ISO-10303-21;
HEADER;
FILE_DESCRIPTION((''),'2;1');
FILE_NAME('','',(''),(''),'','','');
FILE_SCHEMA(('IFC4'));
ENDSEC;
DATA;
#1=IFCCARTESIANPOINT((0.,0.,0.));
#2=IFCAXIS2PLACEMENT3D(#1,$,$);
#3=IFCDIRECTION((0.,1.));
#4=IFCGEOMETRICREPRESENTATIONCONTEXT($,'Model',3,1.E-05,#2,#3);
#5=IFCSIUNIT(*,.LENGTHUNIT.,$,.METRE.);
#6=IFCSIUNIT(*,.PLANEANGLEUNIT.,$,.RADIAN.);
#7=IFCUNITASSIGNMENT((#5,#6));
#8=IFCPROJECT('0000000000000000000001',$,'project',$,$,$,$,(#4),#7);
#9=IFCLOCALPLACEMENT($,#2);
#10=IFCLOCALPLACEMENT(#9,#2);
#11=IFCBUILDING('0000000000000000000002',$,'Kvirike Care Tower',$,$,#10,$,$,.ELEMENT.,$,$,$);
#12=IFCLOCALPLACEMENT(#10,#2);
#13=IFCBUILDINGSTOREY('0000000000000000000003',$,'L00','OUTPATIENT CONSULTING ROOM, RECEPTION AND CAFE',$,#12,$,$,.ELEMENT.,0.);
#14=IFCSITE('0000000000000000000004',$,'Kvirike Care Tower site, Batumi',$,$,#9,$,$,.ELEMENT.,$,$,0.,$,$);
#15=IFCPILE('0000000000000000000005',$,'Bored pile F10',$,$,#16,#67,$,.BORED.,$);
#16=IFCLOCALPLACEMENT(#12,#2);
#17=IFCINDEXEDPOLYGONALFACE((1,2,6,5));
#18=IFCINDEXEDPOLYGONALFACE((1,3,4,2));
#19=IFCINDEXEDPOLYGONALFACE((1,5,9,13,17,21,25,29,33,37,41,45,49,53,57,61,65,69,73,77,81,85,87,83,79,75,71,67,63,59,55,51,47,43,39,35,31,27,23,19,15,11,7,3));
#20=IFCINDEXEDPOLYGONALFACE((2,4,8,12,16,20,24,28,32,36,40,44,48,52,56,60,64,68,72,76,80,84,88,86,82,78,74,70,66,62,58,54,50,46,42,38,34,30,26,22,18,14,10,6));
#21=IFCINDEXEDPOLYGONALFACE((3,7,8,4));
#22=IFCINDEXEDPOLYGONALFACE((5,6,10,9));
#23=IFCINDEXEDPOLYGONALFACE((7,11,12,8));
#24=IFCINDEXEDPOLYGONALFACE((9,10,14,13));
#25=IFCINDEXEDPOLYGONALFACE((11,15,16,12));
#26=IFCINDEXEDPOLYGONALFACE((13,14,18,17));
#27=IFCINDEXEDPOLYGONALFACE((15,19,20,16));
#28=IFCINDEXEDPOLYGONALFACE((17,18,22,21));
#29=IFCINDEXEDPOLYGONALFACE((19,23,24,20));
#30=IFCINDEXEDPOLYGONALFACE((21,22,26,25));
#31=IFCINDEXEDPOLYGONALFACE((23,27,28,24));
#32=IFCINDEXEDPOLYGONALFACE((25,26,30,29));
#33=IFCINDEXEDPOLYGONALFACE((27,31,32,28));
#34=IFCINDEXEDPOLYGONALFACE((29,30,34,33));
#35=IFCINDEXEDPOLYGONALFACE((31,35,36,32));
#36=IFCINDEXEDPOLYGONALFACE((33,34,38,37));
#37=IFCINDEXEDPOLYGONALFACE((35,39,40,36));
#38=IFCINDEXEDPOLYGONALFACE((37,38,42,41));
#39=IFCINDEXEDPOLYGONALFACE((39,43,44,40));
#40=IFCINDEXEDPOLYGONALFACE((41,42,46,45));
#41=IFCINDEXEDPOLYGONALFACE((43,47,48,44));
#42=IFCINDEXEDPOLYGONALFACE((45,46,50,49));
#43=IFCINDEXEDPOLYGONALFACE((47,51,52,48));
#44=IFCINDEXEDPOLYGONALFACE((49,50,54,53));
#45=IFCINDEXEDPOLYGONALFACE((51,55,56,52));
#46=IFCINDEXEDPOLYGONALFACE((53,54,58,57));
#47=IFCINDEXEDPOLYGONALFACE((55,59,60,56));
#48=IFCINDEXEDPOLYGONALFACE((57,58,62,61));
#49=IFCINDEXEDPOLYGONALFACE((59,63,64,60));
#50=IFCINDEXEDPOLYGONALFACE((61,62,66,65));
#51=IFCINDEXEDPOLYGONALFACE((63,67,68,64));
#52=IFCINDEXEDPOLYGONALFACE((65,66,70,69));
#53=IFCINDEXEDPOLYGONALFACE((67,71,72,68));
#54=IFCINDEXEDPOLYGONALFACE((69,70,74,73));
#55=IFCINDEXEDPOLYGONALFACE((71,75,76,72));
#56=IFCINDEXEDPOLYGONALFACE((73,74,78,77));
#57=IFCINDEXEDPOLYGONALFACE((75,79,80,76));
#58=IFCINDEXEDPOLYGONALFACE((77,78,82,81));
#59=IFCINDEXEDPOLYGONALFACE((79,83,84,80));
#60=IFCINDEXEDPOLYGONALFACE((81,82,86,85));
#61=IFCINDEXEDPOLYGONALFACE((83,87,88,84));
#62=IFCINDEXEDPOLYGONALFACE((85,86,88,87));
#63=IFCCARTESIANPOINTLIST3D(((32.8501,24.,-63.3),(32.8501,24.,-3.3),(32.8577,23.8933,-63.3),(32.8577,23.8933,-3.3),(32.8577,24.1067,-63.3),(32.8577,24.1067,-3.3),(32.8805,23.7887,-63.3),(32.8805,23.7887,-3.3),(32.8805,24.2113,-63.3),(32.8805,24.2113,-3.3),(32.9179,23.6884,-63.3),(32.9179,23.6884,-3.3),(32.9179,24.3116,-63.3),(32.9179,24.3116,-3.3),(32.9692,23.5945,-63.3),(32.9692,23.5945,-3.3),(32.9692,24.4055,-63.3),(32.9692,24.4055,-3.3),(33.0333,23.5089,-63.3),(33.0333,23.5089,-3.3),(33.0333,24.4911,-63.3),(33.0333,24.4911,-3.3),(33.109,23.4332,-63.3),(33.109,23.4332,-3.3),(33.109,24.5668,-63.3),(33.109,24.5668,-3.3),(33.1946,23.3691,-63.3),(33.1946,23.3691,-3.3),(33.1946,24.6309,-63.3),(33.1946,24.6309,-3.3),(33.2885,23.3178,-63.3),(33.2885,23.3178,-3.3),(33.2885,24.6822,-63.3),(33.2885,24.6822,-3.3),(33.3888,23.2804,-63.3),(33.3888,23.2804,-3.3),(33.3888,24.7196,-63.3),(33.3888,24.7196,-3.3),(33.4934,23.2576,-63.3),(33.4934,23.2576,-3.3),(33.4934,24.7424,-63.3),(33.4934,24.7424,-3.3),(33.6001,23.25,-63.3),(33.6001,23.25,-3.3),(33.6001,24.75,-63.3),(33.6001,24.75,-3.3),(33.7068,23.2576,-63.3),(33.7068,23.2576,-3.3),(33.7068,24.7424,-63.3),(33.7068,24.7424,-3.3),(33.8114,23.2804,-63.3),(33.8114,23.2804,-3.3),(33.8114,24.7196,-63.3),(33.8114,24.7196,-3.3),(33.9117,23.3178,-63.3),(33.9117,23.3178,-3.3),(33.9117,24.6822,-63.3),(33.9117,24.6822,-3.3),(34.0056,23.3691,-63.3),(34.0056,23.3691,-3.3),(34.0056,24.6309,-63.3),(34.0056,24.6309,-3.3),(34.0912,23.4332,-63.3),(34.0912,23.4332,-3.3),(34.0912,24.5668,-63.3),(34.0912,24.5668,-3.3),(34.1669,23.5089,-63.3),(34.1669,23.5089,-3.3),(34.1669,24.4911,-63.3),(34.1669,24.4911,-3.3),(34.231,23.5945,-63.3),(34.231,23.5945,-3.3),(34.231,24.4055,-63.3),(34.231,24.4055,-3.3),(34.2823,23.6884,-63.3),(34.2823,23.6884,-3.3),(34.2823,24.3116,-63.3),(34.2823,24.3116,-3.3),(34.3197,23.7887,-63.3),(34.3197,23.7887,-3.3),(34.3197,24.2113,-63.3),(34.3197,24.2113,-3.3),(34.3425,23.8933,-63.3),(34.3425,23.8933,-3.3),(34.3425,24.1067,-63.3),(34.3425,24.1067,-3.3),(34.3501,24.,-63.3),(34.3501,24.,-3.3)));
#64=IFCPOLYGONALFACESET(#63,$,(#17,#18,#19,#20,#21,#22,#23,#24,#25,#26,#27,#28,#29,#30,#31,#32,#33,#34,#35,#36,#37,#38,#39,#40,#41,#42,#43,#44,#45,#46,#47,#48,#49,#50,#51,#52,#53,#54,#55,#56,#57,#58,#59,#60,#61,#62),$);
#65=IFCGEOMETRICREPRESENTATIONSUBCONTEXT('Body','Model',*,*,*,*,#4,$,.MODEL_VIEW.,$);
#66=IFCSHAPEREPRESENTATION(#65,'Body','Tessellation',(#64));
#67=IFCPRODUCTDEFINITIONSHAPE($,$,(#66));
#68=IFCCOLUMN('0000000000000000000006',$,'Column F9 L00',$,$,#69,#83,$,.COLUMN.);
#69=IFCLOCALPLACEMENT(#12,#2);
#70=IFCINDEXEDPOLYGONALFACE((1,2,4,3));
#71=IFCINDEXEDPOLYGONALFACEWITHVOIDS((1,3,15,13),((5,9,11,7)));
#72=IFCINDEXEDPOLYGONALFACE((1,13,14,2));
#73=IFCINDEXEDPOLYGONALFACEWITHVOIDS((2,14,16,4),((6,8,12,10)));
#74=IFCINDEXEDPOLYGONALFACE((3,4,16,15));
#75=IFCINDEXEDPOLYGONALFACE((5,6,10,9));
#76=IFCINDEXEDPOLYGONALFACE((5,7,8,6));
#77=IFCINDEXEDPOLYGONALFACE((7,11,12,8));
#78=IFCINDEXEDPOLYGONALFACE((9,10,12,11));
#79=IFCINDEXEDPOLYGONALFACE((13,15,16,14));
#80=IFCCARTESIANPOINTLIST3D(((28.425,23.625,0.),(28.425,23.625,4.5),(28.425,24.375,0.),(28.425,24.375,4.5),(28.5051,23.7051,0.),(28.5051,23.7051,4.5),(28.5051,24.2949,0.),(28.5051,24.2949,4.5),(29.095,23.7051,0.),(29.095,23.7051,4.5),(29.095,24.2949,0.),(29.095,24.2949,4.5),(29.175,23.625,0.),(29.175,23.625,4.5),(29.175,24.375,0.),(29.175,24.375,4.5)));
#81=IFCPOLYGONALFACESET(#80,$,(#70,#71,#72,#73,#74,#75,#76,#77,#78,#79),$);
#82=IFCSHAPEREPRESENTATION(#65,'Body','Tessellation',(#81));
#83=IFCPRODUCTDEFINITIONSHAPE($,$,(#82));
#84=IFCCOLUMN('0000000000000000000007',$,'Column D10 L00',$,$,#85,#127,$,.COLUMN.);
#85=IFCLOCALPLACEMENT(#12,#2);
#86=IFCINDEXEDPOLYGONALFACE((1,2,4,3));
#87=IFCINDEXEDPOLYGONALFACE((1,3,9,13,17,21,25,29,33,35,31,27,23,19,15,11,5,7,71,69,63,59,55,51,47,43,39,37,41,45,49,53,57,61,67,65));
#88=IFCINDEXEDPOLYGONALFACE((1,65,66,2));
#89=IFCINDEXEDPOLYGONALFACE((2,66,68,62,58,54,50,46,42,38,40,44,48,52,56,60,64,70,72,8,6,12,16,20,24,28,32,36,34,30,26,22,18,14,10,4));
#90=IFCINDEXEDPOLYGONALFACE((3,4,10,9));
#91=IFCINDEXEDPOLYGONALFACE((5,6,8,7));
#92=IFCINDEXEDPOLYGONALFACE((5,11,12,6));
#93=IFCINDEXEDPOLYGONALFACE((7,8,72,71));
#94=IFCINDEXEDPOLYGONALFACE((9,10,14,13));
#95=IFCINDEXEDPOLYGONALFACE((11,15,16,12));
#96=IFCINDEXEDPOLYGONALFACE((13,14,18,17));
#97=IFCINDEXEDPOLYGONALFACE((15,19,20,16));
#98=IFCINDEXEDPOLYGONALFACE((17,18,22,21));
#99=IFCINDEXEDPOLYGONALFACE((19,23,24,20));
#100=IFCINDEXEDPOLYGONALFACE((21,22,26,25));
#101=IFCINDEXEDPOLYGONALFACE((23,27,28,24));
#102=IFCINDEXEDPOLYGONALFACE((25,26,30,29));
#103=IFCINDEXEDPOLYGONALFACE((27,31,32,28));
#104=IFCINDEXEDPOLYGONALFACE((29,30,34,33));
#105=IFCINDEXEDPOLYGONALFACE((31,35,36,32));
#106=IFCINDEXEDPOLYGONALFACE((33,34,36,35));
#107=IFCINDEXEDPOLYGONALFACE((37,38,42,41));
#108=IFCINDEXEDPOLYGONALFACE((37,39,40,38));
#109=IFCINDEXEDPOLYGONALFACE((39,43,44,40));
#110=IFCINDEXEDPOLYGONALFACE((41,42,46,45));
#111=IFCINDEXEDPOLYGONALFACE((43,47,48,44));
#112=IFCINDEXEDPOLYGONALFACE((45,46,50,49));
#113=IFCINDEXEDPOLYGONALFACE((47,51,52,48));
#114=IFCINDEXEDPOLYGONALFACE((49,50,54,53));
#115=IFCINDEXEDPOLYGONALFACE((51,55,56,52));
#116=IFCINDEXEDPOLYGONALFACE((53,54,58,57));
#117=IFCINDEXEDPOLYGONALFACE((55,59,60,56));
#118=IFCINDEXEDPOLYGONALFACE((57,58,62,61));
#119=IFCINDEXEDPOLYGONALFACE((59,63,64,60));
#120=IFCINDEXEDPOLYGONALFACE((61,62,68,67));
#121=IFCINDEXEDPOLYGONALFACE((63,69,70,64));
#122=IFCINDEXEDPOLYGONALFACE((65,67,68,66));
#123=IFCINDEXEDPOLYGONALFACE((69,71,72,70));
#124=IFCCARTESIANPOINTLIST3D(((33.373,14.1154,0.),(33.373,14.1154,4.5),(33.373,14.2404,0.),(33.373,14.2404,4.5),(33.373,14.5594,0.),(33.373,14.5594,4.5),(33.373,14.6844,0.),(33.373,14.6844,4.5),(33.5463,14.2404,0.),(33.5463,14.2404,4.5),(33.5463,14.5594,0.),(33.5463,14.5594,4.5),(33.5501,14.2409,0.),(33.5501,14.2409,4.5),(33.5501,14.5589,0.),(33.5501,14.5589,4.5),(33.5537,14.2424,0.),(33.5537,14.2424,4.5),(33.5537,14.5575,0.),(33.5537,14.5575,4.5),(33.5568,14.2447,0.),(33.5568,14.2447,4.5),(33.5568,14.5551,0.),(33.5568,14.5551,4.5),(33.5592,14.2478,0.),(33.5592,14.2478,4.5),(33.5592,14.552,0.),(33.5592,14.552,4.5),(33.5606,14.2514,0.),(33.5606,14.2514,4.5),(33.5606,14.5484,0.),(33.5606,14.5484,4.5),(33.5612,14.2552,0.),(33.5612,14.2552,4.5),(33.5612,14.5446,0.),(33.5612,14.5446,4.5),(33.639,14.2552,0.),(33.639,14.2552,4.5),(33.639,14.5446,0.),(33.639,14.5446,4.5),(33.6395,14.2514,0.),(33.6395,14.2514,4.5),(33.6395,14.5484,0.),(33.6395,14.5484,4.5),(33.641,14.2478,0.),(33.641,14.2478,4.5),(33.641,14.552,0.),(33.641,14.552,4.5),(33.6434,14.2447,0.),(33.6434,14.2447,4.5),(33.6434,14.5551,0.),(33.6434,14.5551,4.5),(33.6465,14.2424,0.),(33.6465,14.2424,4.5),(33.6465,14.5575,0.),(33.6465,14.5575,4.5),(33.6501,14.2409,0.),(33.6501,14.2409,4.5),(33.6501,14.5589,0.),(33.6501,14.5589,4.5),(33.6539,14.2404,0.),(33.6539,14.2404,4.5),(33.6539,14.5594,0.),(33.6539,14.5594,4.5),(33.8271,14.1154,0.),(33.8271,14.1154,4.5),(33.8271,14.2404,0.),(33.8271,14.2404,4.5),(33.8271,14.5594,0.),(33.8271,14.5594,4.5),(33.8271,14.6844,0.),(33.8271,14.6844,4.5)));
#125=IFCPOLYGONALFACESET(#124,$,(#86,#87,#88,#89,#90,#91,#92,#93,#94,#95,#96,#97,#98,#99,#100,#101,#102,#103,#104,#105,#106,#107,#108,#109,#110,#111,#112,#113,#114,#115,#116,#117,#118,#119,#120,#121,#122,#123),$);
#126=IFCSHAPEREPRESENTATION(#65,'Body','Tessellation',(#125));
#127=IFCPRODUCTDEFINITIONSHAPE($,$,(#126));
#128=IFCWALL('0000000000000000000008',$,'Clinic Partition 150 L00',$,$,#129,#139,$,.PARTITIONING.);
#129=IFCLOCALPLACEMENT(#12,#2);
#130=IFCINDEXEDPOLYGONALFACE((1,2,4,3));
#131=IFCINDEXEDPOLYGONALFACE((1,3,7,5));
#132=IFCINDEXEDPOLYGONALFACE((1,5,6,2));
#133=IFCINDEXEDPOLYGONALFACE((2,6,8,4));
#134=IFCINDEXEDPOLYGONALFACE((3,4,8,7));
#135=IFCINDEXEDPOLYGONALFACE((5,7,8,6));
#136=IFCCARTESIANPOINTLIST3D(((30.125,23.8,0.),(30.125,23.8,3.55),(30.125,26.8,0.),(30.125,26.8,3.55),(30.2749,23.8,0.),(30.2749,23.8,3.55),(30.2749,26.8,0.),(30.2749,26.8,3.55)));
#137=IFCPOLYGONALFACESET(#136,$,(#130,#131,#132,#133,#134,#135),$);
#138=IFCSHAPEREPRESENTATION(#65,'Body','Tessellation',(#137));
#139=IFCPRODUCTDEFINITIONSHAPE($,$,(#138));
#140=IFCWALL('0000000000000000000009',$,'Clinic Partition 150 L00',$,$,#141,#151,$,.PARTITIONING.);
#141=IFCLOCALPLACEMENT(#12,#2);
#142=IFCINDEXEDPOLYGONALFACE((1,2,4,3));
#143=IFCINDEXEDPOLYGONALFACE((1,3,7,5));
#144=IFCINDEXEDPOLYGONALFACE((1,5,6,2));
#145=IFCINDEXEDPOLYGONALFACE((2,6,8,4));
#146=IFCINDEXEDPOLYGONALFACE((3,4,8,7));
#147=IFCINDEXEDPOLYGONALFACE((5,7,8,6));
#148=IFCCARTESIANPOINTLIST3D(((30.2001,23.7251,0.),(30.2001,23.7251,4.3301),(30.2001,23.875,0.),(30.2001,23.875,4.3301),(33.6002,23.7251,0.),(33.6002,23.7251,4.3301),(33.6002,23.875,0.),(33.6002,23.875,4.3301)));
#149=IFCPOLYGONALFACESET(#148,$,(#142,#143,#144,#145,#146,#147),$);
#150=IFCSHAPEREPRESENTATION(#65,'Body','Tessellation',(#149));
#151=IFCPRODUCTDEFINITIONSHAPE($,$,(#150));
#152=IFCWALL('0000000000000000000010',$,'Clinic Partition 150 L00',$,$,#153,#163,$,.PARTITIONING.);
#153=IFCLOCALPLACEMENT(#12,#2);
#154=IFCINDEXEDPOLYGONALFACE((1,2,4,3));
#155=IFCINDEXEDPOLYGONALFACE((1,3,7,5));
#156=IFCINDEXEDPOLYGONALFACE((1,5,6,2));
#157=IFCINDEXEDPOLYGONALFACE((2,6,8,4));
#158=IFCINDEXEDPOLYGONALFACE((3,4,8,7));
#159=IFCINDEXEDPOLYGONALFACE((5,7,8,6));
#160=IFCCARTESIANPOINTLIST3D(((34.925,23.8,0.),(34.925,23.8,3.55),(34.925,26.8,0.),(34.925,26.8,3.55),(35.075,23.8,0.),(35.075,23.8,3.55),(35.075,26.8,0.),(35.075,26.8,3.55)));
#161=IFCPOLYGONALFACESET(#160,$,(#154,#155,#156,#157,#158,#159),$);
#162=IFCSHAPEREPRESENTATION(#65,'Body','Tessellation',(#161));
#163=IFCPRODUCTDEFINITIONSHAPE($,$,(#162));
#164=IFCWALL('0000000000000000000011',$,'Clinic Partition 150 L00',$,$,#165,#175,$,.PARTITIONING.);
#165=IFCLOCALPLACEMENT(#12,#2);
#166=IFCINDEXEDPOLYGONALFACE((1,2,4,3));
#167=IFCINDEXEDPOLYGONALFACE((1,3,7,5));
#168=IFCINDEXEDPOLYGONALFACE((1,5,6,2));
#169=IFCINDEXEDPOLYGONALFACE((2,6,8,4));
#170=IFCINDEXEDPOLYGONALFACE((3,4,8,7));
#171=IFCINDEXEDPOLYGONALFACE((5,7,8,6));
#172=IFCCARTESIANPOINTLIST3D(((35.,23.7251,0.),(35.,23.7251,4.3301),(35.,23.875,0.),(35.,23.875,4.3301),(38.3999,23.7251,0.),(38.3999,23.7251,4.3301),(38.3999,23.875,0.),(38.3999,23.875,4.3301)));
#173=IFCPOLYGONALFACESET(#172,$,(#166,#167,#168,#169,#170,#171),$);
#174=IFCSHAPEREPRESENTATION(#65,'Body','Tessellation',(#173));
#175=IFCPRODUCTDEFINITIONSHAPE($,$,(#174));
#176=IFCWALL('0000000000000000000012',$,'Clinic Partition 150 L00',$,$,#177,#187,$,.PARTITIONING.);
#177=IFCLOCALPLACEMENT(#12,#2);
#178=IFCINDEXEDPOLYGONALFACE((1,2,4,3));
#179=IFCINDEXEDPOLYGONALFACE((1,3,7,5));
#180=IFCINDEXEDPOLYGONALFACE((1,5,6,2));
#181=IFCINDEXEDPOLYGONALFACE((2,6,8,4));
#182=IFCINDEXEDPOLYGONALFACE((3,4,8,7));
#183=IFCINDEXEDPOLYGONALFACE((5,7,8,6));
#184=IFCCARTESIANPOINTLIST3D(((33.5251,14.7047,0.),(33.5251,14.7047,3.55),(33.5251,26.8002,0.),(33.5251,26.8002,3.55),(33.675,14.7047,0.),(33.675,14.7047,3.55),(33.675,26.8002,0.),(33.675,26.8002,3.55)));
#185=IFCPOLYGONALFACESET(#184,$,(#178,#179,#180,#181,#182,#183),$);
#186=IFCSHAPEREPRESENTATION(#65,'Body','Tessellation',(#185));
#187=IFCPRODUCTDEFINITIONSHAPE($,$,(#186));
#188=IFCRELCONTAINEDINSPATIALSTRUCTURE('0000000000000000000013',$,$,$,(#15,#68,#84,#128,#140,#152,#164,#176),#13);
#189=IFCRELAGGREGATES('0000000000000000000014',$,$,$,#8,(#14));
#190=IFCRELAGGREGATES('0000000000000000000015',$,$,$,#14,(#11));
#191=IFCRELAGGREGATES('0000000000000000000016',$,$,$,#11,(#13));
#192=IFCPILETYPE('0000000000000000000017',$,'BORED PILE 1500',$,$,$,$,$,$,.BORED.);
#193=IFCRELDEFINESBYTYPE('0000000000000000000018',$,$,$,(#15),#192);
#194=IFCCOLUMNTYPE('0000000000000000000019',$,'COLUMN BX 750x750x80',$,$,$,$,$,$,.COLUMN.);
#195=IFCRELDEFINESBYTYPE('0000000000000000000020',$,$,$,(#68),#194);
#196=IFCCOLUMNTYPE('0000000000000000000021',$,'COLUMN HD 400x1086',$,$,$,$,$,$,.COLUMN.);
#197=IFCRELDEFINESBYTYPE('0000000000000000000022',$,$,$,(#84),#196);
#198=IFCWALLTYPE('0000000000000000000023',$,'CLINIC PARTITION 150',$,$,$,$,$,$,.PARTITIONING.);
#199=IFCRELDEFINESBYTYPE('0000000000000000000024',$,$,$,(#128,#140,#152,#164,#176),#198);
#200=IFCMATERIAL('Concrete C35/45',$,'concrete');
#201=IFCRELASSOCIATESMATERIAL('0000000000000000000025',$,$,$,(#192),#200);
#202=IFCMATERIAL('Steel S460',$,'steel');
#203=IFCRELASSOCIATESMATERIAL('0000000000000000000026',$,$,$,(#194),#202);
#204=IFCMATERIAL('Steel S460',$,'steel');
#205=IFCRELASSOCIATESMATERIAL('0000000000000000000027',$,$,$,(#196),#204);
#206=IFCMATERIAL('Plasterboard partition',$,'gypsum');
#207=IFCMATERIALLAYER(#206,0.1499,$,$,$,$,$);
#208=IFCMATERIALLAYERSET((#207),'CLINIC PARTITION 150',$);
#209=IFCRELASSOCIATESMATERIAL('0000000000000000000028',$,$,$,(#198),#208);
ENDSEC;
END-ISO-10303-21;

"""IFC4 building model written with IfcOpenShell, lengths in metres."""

from ifc_helpers import new_model, si_unit, direction, frame, frame_2d, origin, origin_2d, place, context, subcontext, project, spatial, rectangle, hollow_rectangle, circle, i_section, extrude, material, layer, layer_set, material_profile, profile_set, type_object, element, save


model = new_model("IFC4")

# Units and contexts
model_context = context("Model", 3, precision=1e-05, world=origin(), true_north=direction((0.0, 1.0)))
body_context = subcontext(model_context, "Body", "Model", "MODEL_VIEW")
ifc_project = project(units=[si_unit("LENGTHUNIT", "METRE"), si_unit("PLANEANGLEUNIT", "RADIAN")], contexts=[model_context])

# Site, building, storey
site_placement = place(None, origin())
site = spatial("IfcSite", under=ifc_project, at=site_placement, Name="Kvirike Care Tower site, Batumi", CompositionType="ELEMENT", RefElevation=0.0)
building_placement = place(site_placement, origin())
building = spatial("IfcBuilding", under=site, at=building_placement, Name="Kvirike Care Tower", CompositionType="ELEMENT")
storey_placement = place(building_placement, origin())
storey = spatial("IfcBuildingStorey", under=building, at=storey_placement, Name="L00", Description="OUTPATIENT CONSULTING ROOM, RECEPTION AND CAFE", CompositionType="ELEMENT", Elevation=0.0)

# Pile
ifc_material_1 = material(Name="Concrete C35/45", Category="concrete")
ifc_material_profile_1 = material_profile(ifc_material_1, circle(Radius=0.75, at=origin_2d()), Name="BORED PILE 1500")
ifc_profile_set_1 = profile_set([ifc_material_profile_1], Name="Concrete C35/45")
pile_type = type_object("IfcPileType", Name="BORED PILE 1500", PredefinedType="BORED", material=ifc_profile_set_1)
for number, where, z_axis, x_axis, name in (
    (1, (33.6001, 24.0, -3.3), (0.0, 0.0, -1.0), (1.0, 0.0, 0.0), "Bored pile F10"),
):
    element("IfcPile", number, at=place(storey_placement, frame(where, z_axis=z_axis, x_axis=x_axis)), inside=storey, type_object=pile_type, Name=name, PredefinedType="BORED", context=body_context, shape_type="SweptSolid", body=[
        extrude(circle(Radius=0.75, at=origin_2d()), origin(), (0.0, 0.0, 1.0), 60.0),
    ])

# Columns
ifc_material_2 = material(Name="Steel S460", Category="steel")
ifc_material_profile_2 = material_profile(ifc_material_2, hollow_rectangle(XDim=0.75, YDim=0.75, WallThickness=0.0801, at=origin_2d()), Name="BX 750x750x80")
ifc_profile_set_2 = profile_set([ifc_material_profile_2], Name="Steel S460")
column_type_1 = type_object("IfcColumnType", Name="COLUMN BX 750x750x80", PredefinedType="COLUMN", material=ifc_profile_set_2)
column_1_placement = place(storey_placement, frame((28.8, 24.0, 0.0), z_axis=(0.0, 0.0, 1.0), x_axis=(1.0, 0.0, 0.0)))
element("IfcColumn", 2, at=column_1_placement, inside=storey, type_object=column_type_1, Name="Column F9 L00", PredefinedType="COLUMN", context=body_context, shape_type="SweptSolid", body=[
    extrude(hollow_rectangle(XDim=0.75, YDim=0.75, WallThickness=0.0801, at=origin_2d()), origin(), (0.0, 0.0, 1.0), 4.5),
])
ifc_material_3 = material(Name="Steel S460", Category="steel")
ifc_material_profile_3 = material_profile(ifc_material_3, i_section(OverallWidth=0.4541, OverallDepth=0.5691, WebThickness=0.0779, FlangeThickness=0.125, FilletRadius=0.0149, at=origin_2d()), Name="HD 400x1086")
ifc_profile_set_3 = profile_set([ifc_material_profile_3], Name="Steel S460")
column_type_2 = type_object("IfcColumnType", Name="COLUMN HD 400x1086", PredefinedType="COLUMN", material=ifc_profile_set_3)
column_2_placement = place(storey_placement, frame((33.6001, 14.3999, 0.0), z_axis=(0.0, 0.0, 1.0), x_axis=(1.0, 0.0, 0.0)))
element("IfcColumn", 3, at=column_2_placement, inside=storey, type_object=column_type_2, Name="Column D10 L00", PredefinedType="COLUMN", context=body_context, shape_type="SweptSolid", body=[
    extrude(i_section(OverallWidth=0.4541, OverallDepth=0.5691, WebThickness=0.0779, FlangeThickness=0.125, FilletRadius=0.0149, at=origin_2d()), origin(), (0.0, 0.0, 1.0), 4.5),
])

# Walls
ifc_material_4 = material(Name="Plasterboard partition", Category="gypsum")
ifc_layer_1 = layer(ifc_material_4, 0.1499)
ifc_layer_set_1 = layer_set([ifc_layer_1], Name="CLINIC PARTITION 150")
wall_type_1 = type_object("IfcWallType", Name="CLINIC PARTITION 150", PredefinedType="PARTITIONING", material=ifc_layer_set_1)
wall_1_placement = place(storey_placement, frame((30.2, 23.8, 0.0), z_axis=(0.0, 0.0, 1.0), x_axis=(0.0, 1.0, 0.0)))
element("IfcWall", 4, at=wall_1_placement, inside=storey, type_object=wall_type_1, Name="Clinic Partition 150 L00", PredefinedType="PARTITIONING", context=body_context, shape_type="SweptSolid", body=[
    extrude(rectangle(XDim=3.0, YDim=0.1499, at=frame_2d((1.5, 0.0))), origin(), (0.0, 0.0, 1.0), 3.55),
])
wall_2_placement = place(storey_placement, frame((30.2, 23.8, 0.0), z_axis=(0.0, 0.0, 1.0), x_axis=(1.0, 0.0, 0.0)))
element("IfcWall", 5, at=wall_2_placement, inside=storey, type_object=wall_type_1, Name="Clinic Partition 150 L00", PredefinedType="PARTITIONING", context=body_context, shape_type="SweptSolid", body=[
    extrude(rectangle(XDim=3.4001, YDim=0.1499, at=frame_2d((1.7002, 0.0))), origin(), (0.0, 0.0, 1.0), 4.3301),
])
wall_3_placement = place(storey_placement, frame((35.0, 23.8, 0.0), z_axis=(0.0, 0.0, 1.0), x_axis=(0.0, 1.0, 0.0)))
element("IfcWall", 6, at=wall_3_placement, inside=storey, type_object=wall_type_1, Name="Clinic Partition 150 L00", PredefinedType="PARTITIONING", context=body_context, shape_type="SweptSolid", body=[
    extrude(rectangle(XDim=3.0, YDim=0.1499, at=frame_2d((1.5, 0.0))), origin(), (0.0, 0.0, 1.0), 3.55),
])
wall_4_placement = place(storey_placement, frame((35.0, 23.8, 0.0), z_axis=(0.0, 0.0, 1.0), x_axis=(1.0, 0.0, 0.0)))
element("IfcWall", 7, at=wall_4_placement, inside=storey, type_object=wall_type_1, Name="Clinic Partition 150 L00", PredefinedType="PARTITIONING", context=body_context, shape_type="SweptSolid", body=[
    extrude(rectangle(XDim=3.3999, YDim=0.1499, at=frame_2d((1.7, 0.0))), origin(), (0.0, 0.0, 1.0), 4.3301),
])
wall_5_placement = place(storey_placement, frame((33.6001, 14.7046, 0.0), z_axis=(0.0, 0.0, 1.0), x_axis=(0.0, 1.0, 0.0)))
element("IfcWall", 8, at=wall_5_placement, inside=storey, type_object=wall_type_1, Name="Clinic Partition 150 L00", PredefinedType="PARTITIONING", context=body_context, shape_type="SweptSolid", body=[
    extrude(rectangle(XDim=12.0955, YDim=0.1499, at=frame_2d((6.0479, 0.0))), origin(), (0.0, 0.0, 1.0), 3.55),
])

save(model, "model.ifc")
